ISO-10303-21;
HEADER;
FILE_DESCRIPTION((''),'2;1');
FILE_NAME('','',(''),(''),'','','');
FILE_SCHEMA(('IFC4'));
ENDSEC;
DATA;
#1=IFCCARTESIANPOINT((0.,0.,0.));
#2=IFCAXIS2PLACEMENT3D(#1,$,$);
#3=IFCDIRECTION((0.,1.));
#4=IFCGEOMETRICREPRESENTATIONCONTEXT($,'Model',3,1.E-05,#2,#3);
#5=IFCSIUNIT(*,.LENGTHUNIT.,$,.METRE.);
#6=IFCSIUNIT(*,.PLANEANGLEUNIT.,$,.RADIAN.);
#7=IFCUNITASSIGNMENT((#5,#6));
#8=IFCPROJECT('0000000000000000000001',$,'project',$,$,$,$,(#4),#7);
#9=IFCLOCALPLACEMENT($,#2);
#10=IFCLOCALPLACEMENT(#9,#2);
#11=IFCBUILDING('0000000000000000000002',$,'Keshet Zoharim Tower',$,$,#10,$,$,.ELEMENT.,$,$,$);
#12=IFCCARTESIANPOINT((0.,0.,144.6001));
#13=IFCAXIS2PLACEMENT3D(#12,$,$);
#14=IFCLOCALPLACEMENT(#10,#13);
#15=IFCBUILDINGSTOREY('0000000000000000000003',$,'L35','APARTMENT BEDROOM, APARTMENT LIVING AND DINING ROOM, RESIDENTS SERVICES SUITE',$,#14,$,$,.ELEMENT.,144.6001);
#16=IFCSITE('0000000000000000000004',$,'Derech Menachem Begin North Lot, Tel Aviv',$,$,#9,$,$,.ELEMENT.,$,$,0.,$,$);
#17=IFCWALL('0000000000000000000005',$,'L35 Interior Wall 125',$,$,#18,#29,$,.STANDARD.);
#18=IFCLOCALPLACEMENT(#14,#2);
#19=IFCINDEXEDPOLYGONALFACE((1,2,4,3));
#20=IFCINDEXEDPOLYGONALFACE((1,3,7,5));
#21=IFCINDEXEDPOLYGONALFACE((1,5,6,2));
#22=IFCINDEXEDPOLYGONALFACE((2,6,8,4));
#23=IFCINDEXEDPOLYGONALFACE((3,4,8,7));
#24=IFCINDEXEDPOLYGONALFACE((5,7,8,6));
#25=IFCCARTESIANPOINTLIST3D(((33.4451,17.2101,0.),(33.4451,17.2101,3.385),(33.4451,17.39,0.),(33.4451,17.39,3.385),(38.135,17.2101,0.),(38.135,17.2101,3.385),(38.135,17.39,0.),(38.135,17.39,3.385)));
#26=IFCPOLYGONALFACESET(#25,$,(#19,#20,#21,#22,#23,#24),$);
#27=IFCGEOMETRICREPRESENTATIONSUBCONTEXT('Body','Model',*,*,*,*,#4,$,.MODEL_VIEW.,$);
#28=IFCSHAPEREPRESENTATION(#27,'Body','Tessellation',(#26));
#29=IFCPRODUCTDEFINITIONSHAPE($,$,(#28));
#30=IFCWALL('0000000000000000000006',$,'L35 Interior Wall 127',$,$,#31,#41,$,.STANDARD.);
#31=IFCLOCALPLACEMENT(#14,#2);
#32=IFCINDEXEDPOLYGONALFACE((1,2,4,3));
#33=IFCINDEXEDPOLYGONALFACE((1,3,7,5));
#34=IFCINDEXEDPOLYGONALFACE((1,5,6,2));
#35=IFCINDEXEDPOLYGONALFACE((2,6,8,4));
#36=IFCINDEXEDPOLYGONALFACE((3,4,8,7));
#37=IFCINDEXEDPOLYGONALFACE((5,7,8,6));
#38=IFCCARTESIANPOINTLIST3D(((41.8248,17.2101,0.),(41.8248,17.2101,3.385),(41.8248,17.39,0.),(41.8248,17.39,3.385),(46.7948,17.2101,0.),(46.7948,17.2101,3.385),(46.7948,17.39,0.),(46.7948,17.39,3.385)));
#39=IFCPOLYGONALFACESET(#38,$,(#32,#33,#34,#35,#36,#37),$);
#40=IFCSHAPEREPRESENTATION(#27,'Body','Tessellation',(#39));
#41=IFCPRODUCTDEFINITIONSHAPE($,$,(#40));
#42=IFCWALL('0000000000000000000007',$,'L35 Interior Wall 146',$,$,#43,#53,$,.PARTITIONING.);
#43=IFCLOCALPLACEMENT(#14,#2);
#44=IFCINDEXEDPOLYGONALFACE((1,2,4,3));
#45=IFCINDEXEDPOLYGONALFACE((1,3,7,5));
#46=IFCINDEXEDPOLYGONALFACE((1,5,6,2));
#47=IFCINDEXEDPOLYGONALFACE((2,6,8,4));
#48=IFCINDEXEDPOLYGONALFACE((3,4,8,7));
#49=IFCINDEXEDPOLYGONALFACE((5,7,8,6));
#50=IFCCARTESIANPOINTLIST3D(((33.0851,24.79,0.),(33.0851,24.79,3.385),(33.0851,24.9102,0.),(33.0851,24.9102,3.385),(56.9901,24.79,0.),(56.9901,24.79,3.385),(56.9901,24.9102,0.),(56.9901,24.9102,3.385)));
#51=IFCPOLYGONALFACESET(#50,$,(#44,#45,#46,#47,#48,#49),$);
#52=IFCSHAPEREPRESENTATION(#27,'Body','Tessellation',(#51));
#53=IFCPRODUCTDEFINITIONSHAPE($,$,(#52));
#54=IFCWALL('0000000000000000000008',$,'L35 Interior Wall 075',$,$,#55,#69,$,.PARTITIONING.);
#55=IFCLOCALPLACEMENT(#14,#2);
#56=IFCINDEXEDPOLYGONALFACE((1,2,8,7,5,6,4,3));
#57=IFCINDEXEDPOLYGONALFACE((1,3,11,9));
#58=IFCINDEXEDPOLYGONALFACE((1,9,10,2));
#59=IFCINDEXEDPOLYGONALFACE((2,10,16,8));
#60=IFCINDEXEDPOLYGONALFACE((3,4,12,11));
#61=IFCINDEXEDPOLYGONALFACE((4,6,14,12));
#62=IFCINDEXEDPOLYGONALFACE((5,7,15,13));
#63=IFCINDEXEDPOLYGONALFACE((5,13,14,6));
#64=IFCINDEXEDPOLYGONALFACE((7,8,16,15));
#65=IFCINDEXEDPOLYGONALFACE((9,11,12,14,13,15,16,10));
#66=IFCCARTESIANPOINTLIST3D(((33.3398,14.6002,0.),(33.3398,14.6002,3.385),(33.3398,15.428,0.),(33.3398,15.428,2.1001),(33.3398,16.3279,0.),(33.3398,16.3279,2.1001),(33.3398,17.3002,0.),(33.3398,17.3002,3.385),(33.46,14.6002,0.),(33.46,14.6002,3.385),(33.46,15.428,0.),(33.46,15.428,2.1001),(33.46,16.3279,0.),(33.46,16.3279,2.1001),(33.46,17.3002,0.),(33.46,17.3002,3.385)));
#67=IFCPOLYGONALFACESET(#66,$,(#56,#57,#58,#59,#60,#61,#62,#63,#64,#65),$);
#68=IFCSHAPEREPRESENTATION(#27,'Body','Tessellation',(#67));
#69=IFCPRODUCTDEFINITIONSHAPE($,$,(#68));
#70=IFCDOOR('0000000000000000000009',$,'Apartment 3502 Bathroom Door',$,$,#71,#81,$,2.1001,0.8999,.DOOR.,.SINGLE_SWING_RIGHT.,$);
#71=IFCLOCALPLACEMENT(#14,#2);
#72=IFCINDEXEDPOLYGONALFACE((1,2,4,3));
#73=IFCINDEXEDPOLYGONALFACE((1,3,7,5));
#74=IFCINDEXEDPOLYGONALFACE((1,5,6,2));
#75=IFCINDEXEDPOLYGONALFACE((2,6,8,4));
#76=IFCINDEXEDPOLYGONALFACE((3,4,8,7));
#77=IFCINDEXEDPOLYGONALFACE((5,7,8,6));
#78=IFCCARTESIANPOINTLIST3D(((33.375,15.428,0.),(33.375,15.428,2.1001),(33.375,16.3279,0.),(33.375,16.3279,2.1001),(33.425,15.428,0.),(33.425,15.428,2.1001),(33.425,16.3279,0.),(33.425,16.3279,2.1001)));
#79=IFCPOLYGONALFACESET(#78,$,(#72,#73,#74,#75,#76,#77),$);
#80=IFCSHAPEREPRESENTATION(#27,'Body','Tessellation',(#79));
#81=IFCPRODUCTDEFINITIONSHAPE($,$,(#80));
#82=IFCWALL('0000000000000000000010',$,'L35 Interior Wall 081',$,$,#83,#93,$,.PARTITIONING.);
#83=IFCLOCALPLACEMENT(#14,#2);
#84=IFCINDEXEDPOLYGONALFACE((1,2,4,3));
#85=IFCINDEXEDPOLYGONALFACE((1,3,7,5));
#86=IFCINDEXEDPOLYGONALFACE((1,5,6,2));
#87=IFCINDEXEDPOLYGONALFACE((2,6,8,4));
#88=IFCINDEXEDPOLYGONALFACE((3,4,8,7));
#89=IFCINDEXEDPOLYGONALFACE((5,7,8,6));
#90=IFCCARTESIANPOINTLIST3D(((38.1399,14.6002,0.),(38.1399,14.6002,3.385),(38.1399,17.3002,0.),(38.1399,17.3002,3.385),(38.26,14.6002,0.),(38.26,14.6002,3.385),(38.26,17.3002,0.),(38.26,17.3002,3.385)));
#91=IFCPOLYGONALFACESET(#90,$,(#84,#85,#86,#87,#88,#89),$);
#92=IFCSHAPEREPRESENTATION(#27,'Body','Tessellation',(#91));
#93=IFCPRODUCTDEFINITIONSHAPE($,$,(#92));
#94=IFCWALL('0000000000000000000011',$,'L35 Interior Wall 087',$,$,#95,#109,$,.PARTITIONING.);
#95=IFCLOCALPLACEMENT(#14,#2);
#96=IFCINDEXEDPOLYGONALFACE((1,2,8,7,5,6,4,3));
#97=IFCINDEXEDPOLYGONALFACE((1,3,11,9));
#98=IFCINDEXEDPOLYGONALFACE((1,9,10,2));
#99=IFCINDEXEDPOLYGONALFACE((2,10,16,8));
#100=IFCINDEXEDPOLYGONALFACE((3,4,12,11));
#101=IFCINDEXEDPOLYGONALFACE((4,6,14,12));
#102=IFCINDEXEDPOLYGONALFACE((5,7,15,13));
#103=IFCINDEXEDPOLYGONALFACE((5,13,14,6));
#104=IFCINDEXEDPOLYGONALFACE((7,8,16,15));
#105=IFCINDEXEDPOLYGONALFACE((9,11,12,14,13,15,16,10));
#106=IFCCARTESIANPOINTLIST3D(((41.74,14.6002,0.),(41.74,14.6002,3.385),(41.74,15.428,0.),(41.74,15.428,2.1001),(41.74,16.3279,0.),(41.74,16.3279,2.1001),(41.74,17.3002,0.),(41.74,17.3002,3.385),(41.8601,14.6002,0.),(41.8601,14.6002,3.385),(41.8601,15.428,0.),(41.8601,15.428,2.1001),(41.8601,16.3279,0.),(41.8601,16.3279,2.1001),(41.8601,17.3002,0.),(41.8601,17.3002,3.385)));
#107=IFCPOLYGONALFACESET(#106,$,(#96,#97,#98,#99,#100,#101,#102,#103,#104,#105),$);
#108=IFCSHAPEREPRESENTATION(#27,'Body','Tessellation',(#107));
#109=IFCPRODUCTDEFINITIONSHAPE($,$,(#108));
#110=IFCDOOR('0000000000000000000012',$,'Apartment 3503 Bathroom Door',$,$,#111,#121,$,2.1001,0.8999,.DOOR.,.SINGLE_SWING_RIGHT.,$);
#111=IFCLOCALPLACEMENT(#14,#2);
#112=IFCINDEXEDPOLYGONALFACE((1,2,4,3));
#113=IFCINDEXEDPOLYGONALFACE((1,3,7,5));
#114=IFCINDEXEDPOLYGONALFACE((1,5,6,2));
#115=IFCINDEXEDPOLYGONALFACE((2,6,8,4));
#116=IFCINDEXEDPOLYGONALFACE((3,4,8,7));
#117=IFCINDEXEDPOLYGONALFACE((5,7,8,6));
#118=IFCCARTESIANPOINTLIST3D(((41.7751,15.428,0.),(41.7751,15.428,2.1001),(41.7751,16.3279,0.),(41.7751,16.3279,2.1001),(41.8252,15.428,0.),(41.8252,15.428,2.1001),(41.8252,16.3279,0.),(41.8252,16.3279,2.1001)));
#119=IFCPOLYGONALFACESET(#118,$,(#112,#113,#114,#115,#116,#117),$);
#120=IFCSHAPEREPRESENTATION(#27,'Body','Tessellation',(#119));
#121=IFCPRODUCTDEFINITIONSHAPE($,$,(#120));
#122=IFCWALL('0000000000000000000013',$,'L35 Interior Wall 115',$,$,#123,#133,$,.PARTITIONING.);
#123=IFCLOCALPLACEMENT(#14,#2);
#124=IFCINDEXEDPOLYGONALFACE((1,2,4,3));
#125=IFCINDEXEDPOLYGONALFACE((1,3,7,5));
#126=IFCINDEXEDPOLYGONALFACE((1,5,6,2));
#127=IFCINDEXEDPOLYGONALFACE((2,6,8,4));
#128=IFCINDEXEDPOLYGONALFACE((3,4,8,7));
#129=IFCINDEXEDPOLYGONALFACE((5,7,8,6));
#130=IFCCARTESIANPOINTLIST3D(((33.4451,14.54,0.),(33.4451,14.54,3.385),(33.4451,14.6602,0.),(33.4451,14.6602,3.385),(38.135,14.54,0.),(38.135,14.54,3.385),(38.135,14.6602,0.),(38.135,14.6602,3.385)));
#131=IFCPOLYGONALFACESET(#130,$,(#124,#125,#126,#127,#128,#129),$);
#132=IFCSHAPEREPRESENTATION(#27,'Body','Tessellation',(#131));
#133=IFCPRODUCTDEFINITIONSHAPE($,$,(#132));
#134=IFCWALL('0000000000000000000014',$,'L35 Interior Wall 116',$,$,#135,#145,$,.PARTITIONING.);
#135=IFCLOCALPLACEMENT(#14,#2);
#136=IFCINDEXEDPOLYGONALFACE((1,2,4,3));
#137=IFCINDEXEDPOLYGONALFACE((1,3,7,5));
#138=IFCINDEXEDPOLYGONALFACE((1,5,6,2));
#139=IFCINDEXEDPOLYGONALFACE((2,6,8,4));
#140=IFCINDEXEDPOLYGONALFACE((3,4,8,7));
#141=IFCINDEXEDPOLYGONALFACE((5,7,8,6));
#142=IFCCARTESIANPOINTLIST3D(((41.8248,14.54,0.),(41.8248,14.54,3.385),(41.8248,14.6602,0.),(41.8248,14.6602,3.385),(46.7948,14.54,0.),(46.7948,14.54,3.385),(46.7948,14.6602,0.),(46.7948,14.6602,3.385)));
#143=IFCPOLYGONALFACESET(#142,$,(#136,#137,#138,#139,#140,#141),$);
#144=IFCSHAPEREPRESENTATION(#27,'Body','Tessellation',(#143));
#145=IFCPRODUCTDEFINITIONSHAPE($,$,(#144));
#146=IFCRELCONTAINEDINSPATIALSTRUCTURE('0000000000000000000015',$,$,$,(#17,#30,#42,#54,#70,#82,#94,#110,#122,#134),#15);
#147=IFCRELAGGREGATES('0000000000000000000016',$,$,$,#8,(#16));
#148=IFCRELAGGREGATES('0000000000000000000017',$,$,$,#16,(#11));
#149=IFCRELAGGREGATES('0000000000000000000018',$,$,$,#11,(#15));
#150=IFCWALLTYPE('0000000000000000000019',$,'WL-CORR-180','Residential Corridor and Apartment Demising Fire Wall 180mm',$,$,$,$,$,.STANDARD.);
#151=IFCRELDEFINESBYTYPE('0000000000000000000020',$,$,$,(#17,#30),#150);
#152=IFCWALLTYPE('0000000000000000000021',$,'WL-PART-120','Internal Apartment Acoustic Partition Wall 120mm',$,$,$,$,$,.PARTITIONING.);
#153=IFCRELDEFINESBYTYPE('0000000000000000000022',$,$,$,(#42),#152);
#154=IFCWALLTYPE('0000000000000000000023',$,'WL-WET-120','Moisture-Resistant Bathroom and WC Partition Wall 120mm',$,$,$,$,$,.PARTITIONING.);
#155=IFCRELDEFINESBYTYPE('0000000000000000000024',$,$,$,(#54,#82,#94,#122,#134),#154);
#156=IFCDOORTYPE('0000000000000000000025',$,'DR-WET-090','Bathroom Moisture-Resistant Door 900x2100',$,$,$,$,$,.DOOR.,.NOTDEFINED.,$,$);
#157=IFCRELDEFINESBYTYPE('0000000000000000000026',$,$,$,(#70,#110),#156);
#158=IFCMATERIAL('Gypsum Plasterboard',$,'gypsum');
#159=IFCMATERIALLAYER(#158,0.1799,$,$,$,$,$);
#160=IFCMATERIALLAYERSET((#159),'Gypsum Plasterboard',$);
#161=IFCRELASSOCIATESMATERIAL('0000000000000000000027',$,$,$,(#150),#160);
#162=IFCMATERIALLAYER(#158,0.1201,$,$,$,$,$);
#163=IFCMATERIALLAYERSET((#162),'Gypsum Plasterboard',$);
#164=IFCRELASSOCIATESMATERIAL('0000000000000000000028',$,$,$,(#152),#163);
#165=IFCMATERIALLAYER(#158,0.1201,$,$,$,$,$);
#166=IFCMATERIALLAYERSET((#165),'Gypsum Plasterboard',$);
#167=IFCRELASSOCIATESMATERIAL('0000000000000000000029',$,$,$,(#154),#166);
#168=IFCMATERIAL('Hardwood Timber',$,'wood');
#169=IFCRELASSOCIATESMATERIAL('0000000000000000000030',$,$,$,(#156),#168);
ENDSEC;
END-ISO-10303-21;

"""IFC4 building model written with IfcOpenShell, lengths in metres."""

from ifc_helpers import new_model, si_unit, direction, frame, frame_2d, origin, place, context, subcontext, project, spatial, rectangle, extrude, material, layer, layer_set, type_object, element, fill, save


model = new_model("IFC4")

# Units and contexts
model_context = context("Model", 3, precision=1e-05, world=origin(), true_north=direction((0.0, 1.0)))
body_context = subcontext(model_context, "Body", "Model", "MODEL_VIEW")
ifc_project = project(units=[si_unit("LENGTHUNIT", "METRE"), si_unit("PLANEANGLEUNIT", "RADIAN")], contexts=[model_context])

# Site, building, storey
site_placement = place(None, origin())
site = spatial("IfcSite", under=ifc_project, at=site_placement, Name="Derech Menachem Begin North Lot, Tel Aviv", CompositionType="ELEMENT", RefElevation=0.0)
building_placement = place(site_placement, origin())
building = spatial("IfcBuilding", under=site, at=building_placement, Name="Keshet Zoharim Tower", CompositionType="ELEMENT")
storey_placement = place(building_placement, frame((0.0, 0.0, 144.6001)))
storey = spatial("IfcBuildingStorey", under=building, at=storey_placement, Name="L35", Description="APARTMENT BEDROOM, APARTMENT LIVING AND DINING ROOM, RESIDENTS SERVICES SUITE", CompositionType="ELEMENT", Elevation=144.6001)

# Shared definitions
ifc_material_1 = material(Name="Gypsum Plasterboard", Category="gypsum")
ifc_material_2 = material(Name="Hardwood Timber", Category="wood")
ifc_layer_1 = layer(ifc_material_1, 0.1799)
ifc_layer_set_1 = layer_set([ifc_layer_1], Name="Gypsum Plasterboard")
wall_type_1 = type_object("IfcWallType", Name="WL-CORR-180", Description="Residential Corridor and Apartment Demising Fire Wall 180mm", PredefinedType="STANDARD", material=ifc_layer_set_1)

# Wall
wall_1_placement = place(storey_placement, frame((33.4451, 17.3, 0.0), z_axis=(0.0, 0.0, 1.0), x_axis=(1.0, 0.0, 0.0)))
element("IfcWall", 1, at=wall_1_placement, inside=storey, type_object=wall_type_1, Name="L35 Interior Wall 125", PredefinedType="STANDARD", context=body_context, shape_type="SweptSolid", body=[
    extrude(rectangle(XDim=4.6899, YDim=0.1799, at=frame_2d((2.345, 0.0))), origin(), (0.0, 0.0, 1.0), 3.385),
])

# Walls
wall_2_placement = place(storey_placement, frame((41.825, 17.3, 0.0), z_axis=(0.0, 0.0, 1.0), x_axis=(1.0, 0.0, 0.0)))
element("IfcWall", 2, at=wall_2_placement, inside=storey, type_object=wall_type_1, Name="L35 Interior Wall 127", PredefinedType="STANDARD", context=body_context, shape_type="SweptSolid", body=[
    extrude(rectangle(XDim=4.97, YDim=0.1799, at=frame_2d((2.4849, 0.0))), origin(), (0.0, 0.0, 1.0), 3.385),
])
ifc_layer_2 = layer(ifc_material_1, 0.1201)
ifc_layer_set_2 = layer_set([ifc_layer_2], Name="Gypsum Plasterboard")
wall_type_2 = type_object("IfcWallType", Name="WL-PART-120", Description="Internal Apartment Acoustic Partition Wall 120mm", PredefinedType="PARTITIONING", material=ifc_layer_set_2)
wall_3_placement = place(storey_placement, frame((33.085, 24.8501, 0.0), z_axis=(0.0, 0.0, 1.0), x_axis=(1.0, 0.0, 0.0)))
element("IfcWall", 3, at=wall_3_placement, inside=storey, type_object=wall_type_2, Name="L35 Interior Wall 146", PredefinedType="PARTITIONING", context=body_context, shape_type="SweptSolid", body=[
    extrude(rectangle(XDim=23.905, YDim=0.1201, at=frame_2d((11.9526, 0.0))), origin(), (0.0, 0.0, 1.0), 3.385),
])

# Wall, opening, door
ifc_layer_3 = layer(ifc_material_1, 0.1201)
ifc_layer_set_3 = layer_set([ifc_layer_3], Name="Gypsum Plasterboard")
wall_type_3 = type_object("IfcWallType", Name="WL-WET-120", Description="Moisture-Resistant Bathroom and WC Partition Wall 120mm", PredefinedType="PARTITIONING", material=ifc_layer_set_3)
wall_4_placement = place(storey_placement, frame((33.3999, 14.6001, 0.0), z_axis=(0.0, 0.0, 1.0), x_axis=(0.0, 1.0, 0.0)))
wall_4 = element("IfcWall", 4, at=wall_4_placement, inside=storey, type_object=wall_type_3, Name="L35 Interior Wall 075", PredefinedType="PARTITIONING", context=body_context, shape_type="SweptSolid", body=[
    extrude(rectangle(XDim=2.7, YDim=0.1201, at=frame_2d((1.3501, 0.0))), origin(), (0.0, 0.0, 1.0), 3.385),
])
opening_1_placement = place(wall_4_placement, frame((0.8279, 0.0, 0.0)))
opening_1 = element("IfcOpeningElement", 5, at=opening_1_placement, cuts=wall_4, PredefinedType="OPENING", context=body_context, shape_type="SweptSolid", body=[
    extrude(rectangle(XDim=0.8999, YDim=2.1001, at=frame_2d((0.45, 1.05))), frame((0.0, 0.0701, 0.0), z_axis=(0.0, -1.0, 0.0), x_axis=(1.0, 0.0, 0.0)), (0.0, 0.0, 1.0), 0.1401),
])
door_type_1 = type_object("IfcDoorType", Name="DR-WET-090", Description="Bathroom Moisture-Resistant Door 900x2100", OperationType="NOTDEFINED", PredefinedType="DOOR", material=ifc_material_2)
door_1_placement = place(opening_1_placement, origin())
door_1 = element("IfcDoor", 6, at=door_1_placement, inside=storey, type_object=door_type_1, Name="Apartment 3502 Bathroom Door", OperationType="SINGLE_SWING_RIGHT", OverallHeight=2.1001, OverallWidth=0.8999, PredefinedType="DOOR", context=body_context, shape_type="SweptSolid", body=[
    extrude(rectangle(XDim=0.8999, YDim=2.1001, at=frame_2d((0.45, 1.05))), frame((0.0, 0.0249, 0.0), z_axis=(0.0, -1.0, 0.0), x_axis=(1.0, 0.0, 0.0)), (0.0, 0.0, 1.0), 0.05),
])
fill(opening_1, door_1)

# Wall
wall_5_placement = place(storey_placement, frame((38.2, 14.6001, 0.0), z_axis=(0.0, 0.0, 1.0), x_axis=(0.0, 1.0, 0.0)))
element("IfcWall", 7, at=wall_5_placement, inside=storey, type_object=wall_type_3, Name="L35 Interior Wall 081", PredefinedType="PARTITIONING", context=body_context, shape_type="SweptSolid", body=[
    extrude(rectangle(XDim=2.7, YDim=0.1201, at=frame_2d((1.3501, 0.0))), origin(), (0.0, 0.0, 1.0), 3.385),
])

# Wall, opening, door
wall_6_placement = place(storey_placement, frame((41.8, 14.6001, 0.0), z_axis=(0.0, 0.0, 1.0), x_axis=(0.0, 1.0, 0.0)))
wall_6 = element("IfcWall", 8, at=wall_6_placement, inside=storey, type_object=wall_type_3, Name="L35 Interior Wall 087", PredefinedType="PARTITIONING", context=body_context, shape_type="SweptSolid", body=[
    extrude(rectangle(XDim=2.7, YDim=0.1201, at=frame_2d((1.3501, 0.0))), origin(), (0.0, 0.0, 1.0), 3.385),
])
opening_2_placement = place(wall_6_placement, frame((0.8279, 0.0, 0.0)))
opening_2 = element("IfcOpeningElement", 9, at=opening_2_placement, cuts=wall_6, PredefinedType="OPENING", context=body_context, shape_type="SweptSolid", body=[
    extrude(rectangle(XDim=0.8999, YDim=2.1001, at=frame_2d((0.45, 1.05))), frame((0.0, 0.0701, 0.0), z_axis=(0.0, -1.0, 0.0), x_axis=(1.0, 0.0, 0.0)), (0.0, 0.0, 1.0), 0.1401),
])
door_2_placement = place(opening_2_placement, origin())
door_2 = element("IfcDoor", 10, at=door_2_placement, inside=storey, type_object=door_type_1, Name="Apartment 3503 Bathroom Door", OperationType="SINGLE_SWING_RIGHT", OverallHeight=2.1001, OverallWidth=0.8999, PredefinedType="DOOR", context=body_context, shape_type="SweptSolid", body=[
    extrude(rectangle(XDim=0.8999, YDim=2.1001, at=frame_2d((0.45, 1.05))), frame((0.0, 0.0249, 0.0), z_axis=(0.0, -1.0, 0.0), x_axis=(1.0, 0.0, 0.0)), (0.0, 0.0, 1.0), 0.05),
])
fill(opening_2, door_2)

# Walls
wall_7_placement = place(storey_placement, frame((33.4451, 14.6001, 0.0), z_axis=(0.0, 0.0, 1.0), x_axis=(1.0, 0.0, 0.0)))
element("IfcWall", 11, at=wall_7_placement, inside=storey, type_object=wall_type_3, Name="L35 Interior Wall 115", PredefinedType="PARTITIONING", context=body_context, shape_type="SweptSolid", body=[
    extrude(rectangle(XDim=4.6899, YDim=0.1201, at=frame_2d((2.345, 0.0))), origin(), (0.0, 0.0, 1.0), 3.385),
])
wall_8_placement = place(storey_placement, frame((41.825, 14.6001, 0.0), z_axis=(0.0, 0.0, 1.0), x_axis=(1.0, 0.0, 0.0)))
element("IfcWall", 12, at=wall_8_placement, inside=storey, type_object=wall_type_3, Name="L35 Interior Wall 116", PredefinedType="PARTITIONING", context=body_context, shape_type="SweptSolid", body=[
    extrude(rectangle(XDim=4.97, YDim=0.1201, at=frame_2d((2.4849, 0.0))), origin(), (0.0, 0.0, 1.0), 3.385),
])

save(model, "model.ifc")
